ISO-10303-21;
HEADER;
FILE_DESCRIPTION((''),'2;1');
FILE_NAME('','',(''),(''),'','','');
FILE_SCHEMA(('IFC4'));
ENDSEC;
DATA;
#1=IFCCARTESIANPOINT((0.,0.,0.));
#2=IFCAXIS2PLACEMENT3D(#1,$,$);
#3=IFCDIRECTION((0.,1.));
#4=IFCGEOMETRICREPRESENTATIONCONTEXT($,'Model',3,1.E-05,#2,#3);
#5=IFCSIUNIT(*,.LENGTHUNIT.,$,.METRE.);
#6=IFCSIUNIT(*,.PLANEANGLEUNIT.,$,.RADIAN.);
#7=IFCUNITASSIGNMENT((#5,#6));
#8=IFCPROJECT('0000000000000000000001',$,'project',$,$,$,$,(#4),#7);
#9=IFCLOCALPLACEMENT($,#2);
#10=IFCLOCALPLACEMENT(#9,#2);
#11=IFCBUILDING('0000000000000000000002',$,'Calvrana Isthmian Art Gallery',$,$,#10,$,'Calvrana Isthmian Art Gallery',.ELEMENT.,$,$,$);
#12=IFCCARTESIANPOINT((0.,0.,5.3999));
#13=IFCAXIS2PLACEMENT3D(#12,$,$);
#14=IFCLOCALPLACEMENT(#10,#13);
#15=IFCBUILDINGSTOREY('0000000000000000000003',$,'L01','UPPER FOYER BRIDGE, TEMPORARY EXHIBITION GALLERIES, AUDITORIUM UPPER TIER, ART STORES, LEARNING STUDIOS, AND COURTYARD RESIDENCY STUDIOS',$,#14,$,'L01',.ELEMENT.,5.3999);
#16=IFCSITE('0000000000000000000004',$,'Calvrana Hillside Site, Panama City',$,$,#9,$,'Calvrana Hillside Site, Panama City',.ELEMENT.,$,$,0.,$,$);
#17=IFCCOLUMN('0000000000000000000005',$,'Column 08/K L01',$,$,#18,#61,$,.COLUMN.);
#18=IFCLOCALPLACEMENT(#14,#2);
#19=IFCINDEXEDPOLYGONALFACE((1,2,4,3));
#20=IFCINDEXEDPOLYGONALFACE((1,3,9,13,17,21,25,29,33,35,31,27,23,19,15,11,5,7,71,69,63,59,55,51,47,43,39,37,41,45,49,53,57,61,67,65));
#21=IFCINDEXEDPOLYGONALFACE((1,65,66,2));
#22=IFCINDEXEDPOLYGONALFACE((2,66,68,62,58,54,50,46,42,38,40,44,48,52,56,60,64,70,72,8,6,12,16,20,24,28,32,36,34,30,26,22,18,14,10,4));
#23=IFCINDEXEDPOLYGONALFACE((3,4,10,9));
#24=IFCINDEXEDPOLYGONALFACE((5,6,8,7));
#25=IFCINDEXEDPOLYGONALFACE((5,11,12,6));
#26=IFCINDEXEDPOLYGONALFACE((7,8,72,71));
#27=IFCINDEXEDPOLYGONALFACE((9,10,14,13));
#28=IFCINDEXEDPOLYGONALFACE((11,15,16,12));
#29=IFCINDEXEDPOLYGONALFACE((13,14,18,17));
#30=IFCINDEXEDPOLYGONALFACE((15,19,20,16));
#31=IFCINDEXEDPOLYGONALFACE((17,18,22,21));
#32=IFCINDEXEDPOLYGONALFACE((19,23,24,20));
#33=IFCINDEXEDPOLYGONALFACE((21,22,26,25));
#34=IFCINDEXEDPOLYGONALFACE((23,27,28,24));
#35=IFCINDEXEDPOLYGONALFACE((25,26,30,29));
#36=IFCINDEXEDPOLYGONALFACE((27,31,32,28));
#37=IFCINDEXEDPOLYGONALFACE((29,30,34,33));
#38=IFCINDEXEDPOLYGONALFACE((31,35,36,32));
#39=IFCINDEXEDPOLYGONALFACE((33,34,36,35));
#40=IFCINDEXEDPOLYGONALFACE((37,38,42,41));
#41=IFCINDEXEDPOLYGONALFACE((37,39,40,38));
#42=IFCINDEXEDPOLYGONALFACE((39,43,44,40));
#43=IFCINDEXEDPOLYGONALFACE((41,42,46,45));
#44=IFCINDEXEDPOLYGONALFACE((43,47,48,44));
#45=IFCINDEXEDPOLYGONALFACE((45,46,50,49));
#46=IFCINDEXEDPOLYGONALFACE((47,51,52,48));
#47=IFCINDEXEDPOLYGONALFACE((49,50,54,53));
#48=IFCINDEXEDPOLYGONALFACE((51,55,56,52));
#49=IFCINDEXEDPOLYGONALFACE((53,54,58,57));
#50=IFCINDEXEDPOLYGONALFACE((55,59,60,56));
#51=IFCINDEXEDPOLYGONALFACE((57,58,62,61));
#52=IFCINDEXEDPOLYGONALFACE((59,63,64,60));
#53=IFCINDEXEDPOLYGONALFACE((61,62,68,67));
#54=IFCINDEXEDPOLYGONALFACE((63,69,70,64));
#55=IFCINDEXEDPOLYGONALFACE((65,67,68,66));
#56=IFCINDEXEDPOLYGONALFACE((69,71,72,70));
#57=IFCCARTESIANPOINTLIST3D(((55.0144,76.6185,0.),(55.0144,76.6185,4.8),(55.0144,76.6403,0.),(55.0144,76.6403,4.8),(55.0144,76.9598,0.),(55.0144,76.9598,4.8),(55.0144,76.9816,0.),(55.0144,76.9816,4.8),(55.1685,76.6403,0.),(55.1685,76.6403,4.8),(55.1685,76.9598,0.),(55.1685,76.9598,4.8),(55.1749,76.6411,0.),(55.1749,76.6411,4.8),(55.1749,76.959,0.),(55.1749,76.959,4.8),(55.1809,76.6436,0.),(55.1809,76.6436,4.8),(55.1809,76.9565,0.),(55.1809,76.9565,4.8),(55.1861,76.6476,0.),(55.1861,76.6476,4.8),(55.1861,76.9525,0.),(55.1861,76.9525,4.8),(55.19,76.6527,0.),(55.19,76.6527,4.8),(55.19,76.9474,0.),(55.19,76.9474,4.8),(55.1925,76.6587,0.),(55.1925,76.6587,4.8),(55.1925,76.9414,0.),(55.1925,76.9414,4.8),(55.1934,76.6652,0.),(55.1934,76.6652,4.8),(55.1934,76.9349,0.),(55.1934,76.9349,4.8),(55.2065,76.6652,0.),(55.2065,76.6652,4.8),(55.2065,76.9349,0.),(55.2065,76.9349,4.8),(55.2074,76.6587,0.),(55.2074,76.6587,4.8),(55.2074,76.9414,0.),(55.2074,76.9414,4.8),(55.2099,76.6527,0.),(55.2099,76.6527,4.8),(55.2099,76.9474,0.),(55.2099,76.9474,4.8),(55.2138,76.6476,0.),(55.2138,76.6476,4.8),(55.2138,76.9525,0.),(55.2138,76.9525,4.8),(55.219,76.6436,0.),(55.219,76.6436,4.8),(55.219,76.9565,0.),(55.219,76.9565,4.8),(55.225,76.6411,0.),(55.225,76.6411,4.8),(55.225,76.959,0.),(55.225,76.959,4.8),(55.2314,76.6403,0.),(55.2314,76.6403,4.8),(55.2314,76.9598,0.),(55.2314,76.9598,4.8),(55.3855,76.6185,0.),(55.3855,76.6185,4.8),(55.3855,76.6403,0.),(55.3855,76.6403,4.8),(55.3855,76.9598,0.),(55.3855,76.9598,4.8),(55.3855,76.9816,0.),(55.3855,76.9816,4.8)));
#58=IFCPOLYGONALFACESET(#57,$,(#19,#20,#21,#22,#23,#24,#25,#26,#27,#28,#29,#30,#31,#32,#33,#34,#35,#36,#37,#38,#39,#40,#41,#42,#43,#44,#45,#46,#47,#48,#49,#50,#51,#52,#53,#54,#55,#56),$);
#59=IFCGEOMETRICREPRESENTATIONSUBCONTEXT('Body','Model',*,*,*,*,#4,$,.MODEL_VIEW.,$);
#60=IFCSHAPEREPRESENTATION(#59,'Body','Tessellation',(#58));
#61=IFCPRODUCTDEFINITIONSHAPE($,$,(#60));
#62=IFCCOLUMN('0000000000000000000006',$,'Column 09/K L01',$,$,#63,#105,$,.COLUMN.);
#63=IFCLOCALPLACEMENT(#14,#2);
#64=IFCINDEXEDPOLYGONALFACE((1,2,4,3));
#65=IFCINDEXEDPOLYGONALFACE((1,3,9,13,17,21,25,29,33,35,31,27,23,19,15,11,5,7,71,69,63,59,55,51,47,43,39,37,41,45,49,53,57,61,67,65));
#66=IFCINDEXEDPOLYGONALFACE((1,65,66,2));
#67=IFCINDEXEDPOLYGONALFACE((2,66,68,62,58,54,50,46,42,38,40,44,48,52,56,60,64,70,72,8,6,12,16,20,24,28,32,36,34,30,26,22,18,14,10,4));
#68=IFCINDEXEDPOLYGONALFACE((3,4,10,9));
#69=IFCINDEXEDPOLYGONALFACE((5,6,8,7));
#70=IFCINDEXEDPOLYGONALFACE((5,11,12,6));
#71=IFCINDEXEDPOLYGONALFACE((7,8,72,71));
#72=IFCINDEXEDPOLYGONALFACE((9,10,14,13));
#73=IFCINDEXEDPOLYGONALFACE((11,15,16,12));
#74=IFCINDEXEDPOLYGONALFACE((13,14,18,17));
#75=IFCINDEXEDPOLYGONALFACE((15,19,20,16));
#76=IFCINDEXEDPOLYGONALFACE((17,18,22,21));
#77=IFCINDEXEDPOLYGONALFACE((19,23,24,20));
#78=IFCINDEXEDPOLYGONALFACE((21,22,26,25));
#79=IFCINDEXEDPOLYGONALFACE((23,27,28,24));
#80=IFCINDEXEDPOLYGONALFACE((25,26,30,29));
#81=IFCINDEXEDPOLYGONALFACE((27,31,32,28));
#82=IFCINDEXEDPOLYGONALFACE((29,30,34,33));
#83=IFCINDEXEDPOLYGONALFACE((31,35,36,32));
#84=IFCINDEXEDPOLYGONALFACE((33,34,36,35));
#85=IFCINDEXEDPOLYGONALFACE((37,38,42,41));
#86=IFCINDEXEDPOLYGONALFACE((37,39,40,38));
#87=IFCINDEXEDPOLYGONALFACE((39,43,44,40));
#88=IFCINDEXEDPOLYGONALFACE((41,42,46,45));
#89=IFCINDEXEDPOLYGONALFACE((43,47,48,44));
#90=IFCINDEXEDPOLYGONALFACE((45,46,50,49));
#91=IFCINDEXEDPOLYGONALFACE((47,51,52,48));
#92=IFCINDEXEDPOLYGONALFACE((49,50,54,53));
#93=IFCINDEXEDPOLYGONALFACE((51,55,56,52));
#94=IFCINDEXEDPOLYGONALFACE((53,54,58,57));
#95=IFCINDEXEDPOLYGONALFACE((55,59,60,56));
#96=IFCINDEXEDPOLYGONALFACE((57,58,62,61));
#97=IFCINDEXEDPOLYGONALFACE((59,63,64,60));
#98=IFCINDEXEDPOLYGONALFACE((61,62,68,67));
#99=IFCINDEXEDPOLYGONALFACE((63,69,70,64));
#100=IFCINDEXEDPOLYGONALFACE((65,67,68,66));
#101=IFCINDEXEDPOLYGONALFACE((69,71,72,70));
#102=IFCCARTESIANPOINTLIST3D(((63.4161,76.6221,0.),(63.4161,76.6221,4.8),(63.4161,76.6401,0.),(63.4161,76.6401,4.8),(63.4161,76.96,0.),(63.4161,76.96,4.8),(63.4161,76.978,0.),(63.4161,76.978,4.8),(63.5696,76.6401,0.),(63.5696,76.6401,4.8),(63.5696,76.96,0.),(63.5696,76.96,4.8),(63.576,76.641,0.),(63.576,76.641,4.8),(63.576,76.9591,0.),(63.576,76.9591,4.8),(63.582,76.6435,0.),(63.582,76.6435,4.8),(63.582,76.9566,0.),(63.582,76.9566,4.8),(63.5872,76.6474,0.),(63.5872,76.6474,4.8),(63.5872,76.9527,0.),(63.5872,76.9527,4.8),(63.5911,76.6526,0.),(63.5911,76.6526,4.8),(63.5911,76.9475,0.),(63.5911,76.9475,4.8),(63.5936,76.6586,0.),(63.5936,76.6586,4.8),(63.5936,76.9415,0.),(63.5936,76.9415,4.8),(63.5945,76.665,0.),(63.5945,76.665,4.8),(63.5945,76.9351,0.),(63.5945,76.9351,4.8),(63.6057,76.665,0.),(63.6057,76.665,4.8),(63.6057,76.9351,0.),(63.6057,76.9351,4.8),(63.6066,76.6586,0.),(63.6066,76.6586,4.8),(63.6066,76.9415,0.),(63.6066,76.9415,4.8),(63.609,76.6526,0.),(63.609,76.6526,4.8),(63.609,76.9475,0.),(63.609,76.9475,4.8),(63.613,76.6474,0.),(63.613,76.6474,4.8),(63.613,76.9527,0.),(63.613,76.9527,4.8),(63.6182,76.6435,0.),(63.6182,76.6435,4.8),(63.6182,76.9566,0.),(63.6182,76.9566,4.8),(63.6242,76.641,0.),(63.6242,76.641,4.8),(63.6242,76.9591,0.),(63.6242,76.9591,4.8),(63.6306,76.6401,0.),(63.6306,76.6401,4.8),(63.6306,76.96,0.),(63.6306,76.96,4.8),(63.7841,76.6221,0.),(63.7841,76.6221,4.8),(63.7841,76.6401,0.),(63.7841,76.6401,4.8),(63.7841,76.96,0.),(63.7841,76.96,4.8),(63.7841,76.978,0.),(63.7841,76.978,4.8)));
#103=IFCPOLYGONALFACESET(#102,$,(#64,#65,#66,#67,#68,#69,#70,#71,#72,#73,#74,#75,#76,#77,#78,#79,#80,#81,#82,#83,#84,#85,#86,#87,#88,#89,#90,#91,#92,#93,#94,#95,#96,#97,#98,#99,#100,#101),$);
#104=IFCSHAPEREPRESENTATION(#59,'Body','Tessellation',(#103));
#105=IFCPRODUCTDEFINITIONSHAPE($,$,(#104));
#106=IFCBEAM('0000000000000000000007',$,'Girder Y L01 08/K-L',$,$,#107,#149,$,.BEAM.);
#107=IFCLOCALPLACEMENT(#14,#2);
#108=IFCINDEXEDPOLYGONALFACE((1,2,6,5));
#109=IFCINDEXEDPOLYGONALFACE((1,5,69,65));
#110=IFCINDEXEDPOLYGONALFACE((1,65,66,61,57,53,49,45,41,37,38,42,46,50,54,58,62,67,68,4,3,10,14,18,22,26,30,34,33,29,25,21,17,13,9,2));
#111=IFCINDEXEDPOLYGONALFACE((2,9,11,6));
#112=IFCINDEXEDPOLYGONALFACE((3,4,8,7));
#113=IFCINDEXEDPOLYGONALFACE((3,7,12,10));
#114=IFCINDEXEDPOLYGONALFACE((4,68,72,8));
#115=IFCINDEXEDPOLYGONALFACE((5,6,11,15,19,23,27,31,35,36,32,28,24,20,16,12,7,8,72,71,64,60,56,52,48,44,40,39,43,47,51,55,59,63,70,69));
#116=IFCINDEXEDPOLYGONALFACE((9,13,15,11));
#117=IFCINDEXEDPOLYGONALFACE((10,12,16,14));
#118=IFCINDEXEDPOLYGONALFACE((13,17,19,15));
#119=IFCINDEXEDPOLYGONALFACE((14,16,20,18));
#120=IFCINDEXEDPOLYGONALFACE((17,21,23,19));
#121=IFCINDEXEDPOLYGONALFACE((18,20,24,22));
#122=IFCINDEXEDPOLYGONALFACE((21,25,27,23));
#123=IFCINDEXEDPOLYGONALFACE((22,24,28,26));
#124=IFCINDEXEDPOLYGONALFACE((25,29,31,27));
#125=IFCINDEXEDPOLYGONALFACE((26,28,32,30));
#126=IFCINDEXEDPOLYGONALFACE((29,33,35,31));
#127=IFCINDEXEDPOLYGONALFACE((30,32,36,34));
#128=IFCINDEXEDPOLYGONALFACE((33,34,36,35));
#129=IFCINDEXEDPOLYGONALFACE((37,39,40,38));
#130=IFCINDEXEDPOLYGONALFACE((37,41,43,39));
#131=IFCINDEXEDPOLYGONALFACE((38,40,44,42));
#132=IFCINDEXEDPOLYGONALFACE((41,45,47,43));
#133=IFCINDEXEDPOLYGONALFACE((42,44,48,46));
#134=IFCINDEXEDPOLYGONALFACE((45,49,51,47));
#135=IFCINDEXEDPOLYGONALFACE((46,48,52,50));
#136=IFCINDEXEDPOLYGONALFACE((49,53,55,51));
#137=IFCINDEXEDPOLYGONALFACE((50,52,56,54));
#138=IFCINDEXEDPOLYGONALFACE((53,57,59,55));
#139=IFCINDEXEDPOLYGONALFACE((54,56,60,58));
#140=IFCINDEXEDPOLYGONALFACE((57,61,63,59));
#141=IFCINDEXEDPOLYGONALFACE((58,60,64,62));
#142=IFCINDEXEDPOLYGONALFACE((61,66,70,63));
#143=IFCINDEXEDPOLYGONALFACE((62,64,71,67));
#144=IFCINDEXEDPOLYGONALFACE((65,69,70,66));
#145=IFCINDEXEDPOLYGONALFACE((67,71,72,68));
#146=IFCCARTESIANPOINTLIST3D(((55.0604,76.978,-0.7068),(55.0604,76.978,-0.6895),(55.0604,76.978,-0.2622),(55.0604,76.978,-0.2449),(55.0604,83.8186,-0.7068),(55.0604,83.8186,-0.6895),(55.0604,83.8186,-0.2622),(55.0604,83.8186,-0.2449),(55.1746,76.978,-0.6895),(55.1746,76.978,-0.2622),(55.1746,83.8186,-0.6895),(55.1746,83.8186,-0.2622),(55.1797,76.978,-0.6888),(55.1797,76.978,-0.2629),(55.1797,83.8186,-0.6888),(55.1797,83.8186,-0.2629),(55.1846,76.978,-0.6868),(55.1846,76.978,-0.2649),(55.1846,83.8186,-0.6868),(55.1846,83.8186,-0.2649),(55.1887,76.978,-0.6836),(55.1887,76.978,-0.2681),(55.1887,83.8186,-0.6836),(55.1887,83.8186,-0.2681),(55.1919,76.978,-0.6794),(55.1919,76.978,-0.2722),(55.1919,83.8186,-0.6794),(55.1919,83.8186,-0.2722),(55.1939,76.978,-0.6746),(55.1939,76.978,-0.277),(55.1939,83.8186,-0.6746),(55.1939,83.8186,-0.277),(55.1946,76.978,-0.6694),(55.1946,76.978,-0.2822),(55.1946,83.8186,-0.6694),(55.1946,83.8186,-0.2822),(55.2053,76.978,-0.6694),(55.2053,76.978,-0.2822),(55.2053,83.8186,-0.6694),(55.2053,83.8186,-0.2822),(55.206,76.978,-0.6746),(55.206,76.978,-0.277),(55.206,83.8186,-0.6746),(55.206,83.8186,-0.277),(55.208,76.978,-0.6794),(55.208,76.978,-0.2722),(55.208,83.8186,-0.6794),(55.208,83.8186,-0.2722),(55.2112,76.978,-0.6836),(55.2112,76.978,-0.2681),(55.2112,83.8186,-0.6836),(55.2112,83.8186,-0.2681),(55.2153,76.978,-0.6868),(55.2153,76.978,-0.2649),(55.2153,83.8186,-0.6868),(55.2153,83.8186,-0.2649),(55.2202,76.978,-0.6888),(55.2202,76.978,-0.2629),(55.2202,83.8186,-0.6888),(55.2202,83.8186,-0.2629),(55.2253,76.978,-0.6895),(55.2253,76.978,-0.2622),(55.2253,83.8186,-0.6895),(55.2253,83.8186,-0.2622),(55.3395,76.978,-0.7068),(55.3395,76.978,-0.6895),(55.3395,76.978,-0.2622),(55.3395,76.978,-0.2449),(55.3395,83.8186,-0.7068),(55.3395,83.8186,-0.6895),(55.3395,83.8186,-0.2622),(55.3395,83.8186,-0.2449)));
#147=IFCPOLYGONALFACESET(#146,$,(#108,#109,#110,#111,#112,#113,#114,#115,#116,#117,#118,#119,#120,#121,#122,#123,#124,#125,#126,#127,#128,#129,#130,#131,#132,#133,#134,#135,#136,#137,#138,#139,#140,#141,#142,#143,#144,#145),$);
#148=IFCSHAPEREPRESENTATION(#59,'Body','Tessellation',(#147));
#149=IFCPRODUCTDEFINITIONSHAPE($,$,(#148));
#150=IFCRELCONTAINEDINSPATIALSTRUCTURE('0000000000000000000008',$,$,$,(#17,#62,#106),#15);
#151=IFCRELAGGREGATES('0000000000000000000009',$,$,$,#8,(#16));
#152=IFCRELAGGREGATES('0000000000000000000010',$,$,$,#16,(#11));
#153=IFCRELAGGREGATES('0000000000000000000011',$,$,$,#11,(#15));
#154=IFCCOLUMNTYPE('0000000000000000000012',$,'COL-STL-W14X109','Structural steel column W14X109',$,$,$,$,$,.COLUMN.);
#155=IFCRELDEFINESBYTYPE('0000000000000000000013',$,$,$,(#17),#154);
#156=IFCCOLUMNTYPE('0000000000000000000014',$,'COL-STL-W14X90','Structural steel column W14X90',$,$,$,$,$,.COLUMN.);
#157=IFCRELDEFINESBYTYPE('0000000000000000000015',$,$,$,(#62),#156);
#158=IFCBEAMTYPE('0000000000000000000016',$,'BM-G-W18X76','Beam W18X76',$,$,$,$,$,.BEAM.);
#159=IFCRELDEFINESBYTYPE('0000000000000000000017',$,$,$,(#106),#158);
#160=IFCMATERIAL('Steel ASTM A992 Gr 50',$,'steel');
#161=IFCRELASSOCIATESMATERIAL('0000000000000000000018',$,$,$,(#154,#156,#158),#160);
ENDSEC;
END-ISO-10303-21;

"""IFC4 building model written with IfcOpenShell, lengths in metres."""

from ifc_helpers import new_model, si_unit, direction, frame, origin, origin_2d, place, context, subcontext, project, spatial, i_section, extrude, material, material_profile, profile_set, type_object, element, save


model = new_model("IFC4")

# Units and contexts
model_context = context("Model", 3, precision=1e-05, world=origin(), true_north=direction((0.0, 1.0)))
body_context = subcontext(model_context, "Body", "Model", "MODEL_VIEW")
ifc_project = project(units=[si_unit("LENGTHUNIT", "METRE"), si_unit("PLANEANGLEUNIT", "RADIAN")], contexts=[model_context])

# Site, building, storey
site_placement = place(None, origin())
site = spatial("IfcSite", under=ifc_project, at=site_placement, Name="Calvrana Hillside Site, Panama City", LongName="Calvrana Hillside Site, Panama City", CompositionType="ELEMENT", RefElevation=0.0)
building_placement = place(site_placement, origin())
building = spatial("IfcBuilding", under=site, at=building_placement, Name="Calvrana Isthmian Art Gallery", LongName="Calvrana Isthmian Art Gallery", CompositionType="ELEMENT")
storey_placement = place(building_placement, frame((0.0, 0.0, 5.3999)))
storey = spatial("IfcBuildingStorey", under=building, at=storey_placement, Name="L01", Description="UPPER FOYER BRIDGE, TEMPORARY EXHIBITION GALLERIES, AUDITORIUM UPPER TIER, ART STORES, LEARNING STUDIOS, AND COURTYARD RESIDENCY STUDIOS", LongName="L01", CompositionType="ELEMENT", Elevation=5.3999)

# Columns
ifc_material_1 = material(Name="Steel ASTM A992 Gr 50", Category="steel")
ifc_material_profile_1 = material_profile(ifc_material_1, i_section(OverallWidth=0.3711, OverallDepth=0.363, WebThickness=0.0132, FlangeThickness=0.0217, FilletRadius=0.0249, at=origin_2d()), Name="W14X109")
ifc_profile_set_1 = profile_set([ifc_material_profile_1], Name="Steel ASTM A992 Gr 50")
column_type_1 = type_object("IfcColumnType", Name="COL-STL-W14X109", Description="Structural steel column W14X109", PredefinedType="COLUMN", material=ifc_profile_set_1)
column_1_placement = place(storey_placement, frame((55.2, 76.8, 0.0), z_axis=(0.0, 0.0, 1.0), x_axis=(1.0, 0.0, 0.0)))
element("IfcColumn", 1, at=column_1_placement, inside=storey, type_object=column_type_1, Name="Column 08/K L01", PredefinedType="COLUMN", context=body_context, shape_type="SweptSolid", body=[
    extrude(i_section(OverallWidth=0.3711, OverallDepth=0.363, WebThickness=0.0132, FlangeThickness=0.0217, FilletRadius=0.0249, at=origin_2d()), origin(), (0.0, 0.0, 1.0), 4.8),
])
ifc_material_profile_2 = material_profile(ifc_material_1, i_section(OverallWidth=0.3679, OverallDepth=0.356, WebThickness=0.0112, FlangeThickness=0.0181, FilletRadius=0.0249, at=origin_2d()), Name="W14X90")
ifc_profile_set_2 = profile_set([ifc_material_profile_2], Name="Steel ASTM A992 Gr 50")
column_type_2 = type_object("IfcColumnType", Name="COL-STL-W14X90", Description="Structural steel column W14X90", PredefinedType="COLUMN", material=ifc_profile_set_2)
column_2_placement = place(storey_placement, frame((63.6001, 76.8, 0.0), z_axis=(0.0, 0.0, 1.0), x_axis=(1.0, 0.0, 0.0)))
element("IfcColumn", 2, at=column_2_placement, inside=storey, type_object=column_type_2, Name="Column 09/K L01", PredefinedType="COLUMN", context=body_context, shape_type="SweptSolid", body=[
    extrude(i_section(OverallWidth=0.3679, OverallDepth=0.356, WebThickness=0.0112, FlangeThickness=0.0181, FilletRadius=0.0249, at=origin_2d()), origin(), (0.0, 0.0, 1.0), 4.8),
])

# Beam
ifc_material_profile_3 = material_profile(ifc_material_1, i_section(OverallWidth=0.2791, OverallDepth=0.4619, WebThickness=0.0107, FlangeThickness=0.0173, FilletRadius=0.02, at=origin_2d()), Name="W18X76")
ifc_profile_set_3 = profile_set([ifc_material_profile_3], Name="Steel ASTM A992 Gr 50")
beam_type_1 = type_object("IfcBeamType", Name="BM-G-W18X76", Description="Beam W18X76", PredefinedType="BEAM", material=ifc_profile_set_3)
beam_1_placement = place(storey_placement, frame((55.2, 76.978, -0.4758), z_axis=(0.0, 1.0, 0.0), x_axis=(-1.0, 0.0, 0.0)))
element("IfcBeam", 3, at=beam_1_placement, inside=storey, type_object=beam_type_1, Name="Girder Y L01 08/K-L", PredefinedType="BEAM", context=body_context, shape_type="SweptSolid", body=[
    extrude(i_section(OverallWidth=0.2791, OverallDepth=0.4619, WebThickness=0.0107, FlangeThickness=0.0173, FilletRadius=0.02, at=origin_2d()), origin(), (0.0, 0.0, 1.0), 6.8406),
])

save(model, "model.ifc")
